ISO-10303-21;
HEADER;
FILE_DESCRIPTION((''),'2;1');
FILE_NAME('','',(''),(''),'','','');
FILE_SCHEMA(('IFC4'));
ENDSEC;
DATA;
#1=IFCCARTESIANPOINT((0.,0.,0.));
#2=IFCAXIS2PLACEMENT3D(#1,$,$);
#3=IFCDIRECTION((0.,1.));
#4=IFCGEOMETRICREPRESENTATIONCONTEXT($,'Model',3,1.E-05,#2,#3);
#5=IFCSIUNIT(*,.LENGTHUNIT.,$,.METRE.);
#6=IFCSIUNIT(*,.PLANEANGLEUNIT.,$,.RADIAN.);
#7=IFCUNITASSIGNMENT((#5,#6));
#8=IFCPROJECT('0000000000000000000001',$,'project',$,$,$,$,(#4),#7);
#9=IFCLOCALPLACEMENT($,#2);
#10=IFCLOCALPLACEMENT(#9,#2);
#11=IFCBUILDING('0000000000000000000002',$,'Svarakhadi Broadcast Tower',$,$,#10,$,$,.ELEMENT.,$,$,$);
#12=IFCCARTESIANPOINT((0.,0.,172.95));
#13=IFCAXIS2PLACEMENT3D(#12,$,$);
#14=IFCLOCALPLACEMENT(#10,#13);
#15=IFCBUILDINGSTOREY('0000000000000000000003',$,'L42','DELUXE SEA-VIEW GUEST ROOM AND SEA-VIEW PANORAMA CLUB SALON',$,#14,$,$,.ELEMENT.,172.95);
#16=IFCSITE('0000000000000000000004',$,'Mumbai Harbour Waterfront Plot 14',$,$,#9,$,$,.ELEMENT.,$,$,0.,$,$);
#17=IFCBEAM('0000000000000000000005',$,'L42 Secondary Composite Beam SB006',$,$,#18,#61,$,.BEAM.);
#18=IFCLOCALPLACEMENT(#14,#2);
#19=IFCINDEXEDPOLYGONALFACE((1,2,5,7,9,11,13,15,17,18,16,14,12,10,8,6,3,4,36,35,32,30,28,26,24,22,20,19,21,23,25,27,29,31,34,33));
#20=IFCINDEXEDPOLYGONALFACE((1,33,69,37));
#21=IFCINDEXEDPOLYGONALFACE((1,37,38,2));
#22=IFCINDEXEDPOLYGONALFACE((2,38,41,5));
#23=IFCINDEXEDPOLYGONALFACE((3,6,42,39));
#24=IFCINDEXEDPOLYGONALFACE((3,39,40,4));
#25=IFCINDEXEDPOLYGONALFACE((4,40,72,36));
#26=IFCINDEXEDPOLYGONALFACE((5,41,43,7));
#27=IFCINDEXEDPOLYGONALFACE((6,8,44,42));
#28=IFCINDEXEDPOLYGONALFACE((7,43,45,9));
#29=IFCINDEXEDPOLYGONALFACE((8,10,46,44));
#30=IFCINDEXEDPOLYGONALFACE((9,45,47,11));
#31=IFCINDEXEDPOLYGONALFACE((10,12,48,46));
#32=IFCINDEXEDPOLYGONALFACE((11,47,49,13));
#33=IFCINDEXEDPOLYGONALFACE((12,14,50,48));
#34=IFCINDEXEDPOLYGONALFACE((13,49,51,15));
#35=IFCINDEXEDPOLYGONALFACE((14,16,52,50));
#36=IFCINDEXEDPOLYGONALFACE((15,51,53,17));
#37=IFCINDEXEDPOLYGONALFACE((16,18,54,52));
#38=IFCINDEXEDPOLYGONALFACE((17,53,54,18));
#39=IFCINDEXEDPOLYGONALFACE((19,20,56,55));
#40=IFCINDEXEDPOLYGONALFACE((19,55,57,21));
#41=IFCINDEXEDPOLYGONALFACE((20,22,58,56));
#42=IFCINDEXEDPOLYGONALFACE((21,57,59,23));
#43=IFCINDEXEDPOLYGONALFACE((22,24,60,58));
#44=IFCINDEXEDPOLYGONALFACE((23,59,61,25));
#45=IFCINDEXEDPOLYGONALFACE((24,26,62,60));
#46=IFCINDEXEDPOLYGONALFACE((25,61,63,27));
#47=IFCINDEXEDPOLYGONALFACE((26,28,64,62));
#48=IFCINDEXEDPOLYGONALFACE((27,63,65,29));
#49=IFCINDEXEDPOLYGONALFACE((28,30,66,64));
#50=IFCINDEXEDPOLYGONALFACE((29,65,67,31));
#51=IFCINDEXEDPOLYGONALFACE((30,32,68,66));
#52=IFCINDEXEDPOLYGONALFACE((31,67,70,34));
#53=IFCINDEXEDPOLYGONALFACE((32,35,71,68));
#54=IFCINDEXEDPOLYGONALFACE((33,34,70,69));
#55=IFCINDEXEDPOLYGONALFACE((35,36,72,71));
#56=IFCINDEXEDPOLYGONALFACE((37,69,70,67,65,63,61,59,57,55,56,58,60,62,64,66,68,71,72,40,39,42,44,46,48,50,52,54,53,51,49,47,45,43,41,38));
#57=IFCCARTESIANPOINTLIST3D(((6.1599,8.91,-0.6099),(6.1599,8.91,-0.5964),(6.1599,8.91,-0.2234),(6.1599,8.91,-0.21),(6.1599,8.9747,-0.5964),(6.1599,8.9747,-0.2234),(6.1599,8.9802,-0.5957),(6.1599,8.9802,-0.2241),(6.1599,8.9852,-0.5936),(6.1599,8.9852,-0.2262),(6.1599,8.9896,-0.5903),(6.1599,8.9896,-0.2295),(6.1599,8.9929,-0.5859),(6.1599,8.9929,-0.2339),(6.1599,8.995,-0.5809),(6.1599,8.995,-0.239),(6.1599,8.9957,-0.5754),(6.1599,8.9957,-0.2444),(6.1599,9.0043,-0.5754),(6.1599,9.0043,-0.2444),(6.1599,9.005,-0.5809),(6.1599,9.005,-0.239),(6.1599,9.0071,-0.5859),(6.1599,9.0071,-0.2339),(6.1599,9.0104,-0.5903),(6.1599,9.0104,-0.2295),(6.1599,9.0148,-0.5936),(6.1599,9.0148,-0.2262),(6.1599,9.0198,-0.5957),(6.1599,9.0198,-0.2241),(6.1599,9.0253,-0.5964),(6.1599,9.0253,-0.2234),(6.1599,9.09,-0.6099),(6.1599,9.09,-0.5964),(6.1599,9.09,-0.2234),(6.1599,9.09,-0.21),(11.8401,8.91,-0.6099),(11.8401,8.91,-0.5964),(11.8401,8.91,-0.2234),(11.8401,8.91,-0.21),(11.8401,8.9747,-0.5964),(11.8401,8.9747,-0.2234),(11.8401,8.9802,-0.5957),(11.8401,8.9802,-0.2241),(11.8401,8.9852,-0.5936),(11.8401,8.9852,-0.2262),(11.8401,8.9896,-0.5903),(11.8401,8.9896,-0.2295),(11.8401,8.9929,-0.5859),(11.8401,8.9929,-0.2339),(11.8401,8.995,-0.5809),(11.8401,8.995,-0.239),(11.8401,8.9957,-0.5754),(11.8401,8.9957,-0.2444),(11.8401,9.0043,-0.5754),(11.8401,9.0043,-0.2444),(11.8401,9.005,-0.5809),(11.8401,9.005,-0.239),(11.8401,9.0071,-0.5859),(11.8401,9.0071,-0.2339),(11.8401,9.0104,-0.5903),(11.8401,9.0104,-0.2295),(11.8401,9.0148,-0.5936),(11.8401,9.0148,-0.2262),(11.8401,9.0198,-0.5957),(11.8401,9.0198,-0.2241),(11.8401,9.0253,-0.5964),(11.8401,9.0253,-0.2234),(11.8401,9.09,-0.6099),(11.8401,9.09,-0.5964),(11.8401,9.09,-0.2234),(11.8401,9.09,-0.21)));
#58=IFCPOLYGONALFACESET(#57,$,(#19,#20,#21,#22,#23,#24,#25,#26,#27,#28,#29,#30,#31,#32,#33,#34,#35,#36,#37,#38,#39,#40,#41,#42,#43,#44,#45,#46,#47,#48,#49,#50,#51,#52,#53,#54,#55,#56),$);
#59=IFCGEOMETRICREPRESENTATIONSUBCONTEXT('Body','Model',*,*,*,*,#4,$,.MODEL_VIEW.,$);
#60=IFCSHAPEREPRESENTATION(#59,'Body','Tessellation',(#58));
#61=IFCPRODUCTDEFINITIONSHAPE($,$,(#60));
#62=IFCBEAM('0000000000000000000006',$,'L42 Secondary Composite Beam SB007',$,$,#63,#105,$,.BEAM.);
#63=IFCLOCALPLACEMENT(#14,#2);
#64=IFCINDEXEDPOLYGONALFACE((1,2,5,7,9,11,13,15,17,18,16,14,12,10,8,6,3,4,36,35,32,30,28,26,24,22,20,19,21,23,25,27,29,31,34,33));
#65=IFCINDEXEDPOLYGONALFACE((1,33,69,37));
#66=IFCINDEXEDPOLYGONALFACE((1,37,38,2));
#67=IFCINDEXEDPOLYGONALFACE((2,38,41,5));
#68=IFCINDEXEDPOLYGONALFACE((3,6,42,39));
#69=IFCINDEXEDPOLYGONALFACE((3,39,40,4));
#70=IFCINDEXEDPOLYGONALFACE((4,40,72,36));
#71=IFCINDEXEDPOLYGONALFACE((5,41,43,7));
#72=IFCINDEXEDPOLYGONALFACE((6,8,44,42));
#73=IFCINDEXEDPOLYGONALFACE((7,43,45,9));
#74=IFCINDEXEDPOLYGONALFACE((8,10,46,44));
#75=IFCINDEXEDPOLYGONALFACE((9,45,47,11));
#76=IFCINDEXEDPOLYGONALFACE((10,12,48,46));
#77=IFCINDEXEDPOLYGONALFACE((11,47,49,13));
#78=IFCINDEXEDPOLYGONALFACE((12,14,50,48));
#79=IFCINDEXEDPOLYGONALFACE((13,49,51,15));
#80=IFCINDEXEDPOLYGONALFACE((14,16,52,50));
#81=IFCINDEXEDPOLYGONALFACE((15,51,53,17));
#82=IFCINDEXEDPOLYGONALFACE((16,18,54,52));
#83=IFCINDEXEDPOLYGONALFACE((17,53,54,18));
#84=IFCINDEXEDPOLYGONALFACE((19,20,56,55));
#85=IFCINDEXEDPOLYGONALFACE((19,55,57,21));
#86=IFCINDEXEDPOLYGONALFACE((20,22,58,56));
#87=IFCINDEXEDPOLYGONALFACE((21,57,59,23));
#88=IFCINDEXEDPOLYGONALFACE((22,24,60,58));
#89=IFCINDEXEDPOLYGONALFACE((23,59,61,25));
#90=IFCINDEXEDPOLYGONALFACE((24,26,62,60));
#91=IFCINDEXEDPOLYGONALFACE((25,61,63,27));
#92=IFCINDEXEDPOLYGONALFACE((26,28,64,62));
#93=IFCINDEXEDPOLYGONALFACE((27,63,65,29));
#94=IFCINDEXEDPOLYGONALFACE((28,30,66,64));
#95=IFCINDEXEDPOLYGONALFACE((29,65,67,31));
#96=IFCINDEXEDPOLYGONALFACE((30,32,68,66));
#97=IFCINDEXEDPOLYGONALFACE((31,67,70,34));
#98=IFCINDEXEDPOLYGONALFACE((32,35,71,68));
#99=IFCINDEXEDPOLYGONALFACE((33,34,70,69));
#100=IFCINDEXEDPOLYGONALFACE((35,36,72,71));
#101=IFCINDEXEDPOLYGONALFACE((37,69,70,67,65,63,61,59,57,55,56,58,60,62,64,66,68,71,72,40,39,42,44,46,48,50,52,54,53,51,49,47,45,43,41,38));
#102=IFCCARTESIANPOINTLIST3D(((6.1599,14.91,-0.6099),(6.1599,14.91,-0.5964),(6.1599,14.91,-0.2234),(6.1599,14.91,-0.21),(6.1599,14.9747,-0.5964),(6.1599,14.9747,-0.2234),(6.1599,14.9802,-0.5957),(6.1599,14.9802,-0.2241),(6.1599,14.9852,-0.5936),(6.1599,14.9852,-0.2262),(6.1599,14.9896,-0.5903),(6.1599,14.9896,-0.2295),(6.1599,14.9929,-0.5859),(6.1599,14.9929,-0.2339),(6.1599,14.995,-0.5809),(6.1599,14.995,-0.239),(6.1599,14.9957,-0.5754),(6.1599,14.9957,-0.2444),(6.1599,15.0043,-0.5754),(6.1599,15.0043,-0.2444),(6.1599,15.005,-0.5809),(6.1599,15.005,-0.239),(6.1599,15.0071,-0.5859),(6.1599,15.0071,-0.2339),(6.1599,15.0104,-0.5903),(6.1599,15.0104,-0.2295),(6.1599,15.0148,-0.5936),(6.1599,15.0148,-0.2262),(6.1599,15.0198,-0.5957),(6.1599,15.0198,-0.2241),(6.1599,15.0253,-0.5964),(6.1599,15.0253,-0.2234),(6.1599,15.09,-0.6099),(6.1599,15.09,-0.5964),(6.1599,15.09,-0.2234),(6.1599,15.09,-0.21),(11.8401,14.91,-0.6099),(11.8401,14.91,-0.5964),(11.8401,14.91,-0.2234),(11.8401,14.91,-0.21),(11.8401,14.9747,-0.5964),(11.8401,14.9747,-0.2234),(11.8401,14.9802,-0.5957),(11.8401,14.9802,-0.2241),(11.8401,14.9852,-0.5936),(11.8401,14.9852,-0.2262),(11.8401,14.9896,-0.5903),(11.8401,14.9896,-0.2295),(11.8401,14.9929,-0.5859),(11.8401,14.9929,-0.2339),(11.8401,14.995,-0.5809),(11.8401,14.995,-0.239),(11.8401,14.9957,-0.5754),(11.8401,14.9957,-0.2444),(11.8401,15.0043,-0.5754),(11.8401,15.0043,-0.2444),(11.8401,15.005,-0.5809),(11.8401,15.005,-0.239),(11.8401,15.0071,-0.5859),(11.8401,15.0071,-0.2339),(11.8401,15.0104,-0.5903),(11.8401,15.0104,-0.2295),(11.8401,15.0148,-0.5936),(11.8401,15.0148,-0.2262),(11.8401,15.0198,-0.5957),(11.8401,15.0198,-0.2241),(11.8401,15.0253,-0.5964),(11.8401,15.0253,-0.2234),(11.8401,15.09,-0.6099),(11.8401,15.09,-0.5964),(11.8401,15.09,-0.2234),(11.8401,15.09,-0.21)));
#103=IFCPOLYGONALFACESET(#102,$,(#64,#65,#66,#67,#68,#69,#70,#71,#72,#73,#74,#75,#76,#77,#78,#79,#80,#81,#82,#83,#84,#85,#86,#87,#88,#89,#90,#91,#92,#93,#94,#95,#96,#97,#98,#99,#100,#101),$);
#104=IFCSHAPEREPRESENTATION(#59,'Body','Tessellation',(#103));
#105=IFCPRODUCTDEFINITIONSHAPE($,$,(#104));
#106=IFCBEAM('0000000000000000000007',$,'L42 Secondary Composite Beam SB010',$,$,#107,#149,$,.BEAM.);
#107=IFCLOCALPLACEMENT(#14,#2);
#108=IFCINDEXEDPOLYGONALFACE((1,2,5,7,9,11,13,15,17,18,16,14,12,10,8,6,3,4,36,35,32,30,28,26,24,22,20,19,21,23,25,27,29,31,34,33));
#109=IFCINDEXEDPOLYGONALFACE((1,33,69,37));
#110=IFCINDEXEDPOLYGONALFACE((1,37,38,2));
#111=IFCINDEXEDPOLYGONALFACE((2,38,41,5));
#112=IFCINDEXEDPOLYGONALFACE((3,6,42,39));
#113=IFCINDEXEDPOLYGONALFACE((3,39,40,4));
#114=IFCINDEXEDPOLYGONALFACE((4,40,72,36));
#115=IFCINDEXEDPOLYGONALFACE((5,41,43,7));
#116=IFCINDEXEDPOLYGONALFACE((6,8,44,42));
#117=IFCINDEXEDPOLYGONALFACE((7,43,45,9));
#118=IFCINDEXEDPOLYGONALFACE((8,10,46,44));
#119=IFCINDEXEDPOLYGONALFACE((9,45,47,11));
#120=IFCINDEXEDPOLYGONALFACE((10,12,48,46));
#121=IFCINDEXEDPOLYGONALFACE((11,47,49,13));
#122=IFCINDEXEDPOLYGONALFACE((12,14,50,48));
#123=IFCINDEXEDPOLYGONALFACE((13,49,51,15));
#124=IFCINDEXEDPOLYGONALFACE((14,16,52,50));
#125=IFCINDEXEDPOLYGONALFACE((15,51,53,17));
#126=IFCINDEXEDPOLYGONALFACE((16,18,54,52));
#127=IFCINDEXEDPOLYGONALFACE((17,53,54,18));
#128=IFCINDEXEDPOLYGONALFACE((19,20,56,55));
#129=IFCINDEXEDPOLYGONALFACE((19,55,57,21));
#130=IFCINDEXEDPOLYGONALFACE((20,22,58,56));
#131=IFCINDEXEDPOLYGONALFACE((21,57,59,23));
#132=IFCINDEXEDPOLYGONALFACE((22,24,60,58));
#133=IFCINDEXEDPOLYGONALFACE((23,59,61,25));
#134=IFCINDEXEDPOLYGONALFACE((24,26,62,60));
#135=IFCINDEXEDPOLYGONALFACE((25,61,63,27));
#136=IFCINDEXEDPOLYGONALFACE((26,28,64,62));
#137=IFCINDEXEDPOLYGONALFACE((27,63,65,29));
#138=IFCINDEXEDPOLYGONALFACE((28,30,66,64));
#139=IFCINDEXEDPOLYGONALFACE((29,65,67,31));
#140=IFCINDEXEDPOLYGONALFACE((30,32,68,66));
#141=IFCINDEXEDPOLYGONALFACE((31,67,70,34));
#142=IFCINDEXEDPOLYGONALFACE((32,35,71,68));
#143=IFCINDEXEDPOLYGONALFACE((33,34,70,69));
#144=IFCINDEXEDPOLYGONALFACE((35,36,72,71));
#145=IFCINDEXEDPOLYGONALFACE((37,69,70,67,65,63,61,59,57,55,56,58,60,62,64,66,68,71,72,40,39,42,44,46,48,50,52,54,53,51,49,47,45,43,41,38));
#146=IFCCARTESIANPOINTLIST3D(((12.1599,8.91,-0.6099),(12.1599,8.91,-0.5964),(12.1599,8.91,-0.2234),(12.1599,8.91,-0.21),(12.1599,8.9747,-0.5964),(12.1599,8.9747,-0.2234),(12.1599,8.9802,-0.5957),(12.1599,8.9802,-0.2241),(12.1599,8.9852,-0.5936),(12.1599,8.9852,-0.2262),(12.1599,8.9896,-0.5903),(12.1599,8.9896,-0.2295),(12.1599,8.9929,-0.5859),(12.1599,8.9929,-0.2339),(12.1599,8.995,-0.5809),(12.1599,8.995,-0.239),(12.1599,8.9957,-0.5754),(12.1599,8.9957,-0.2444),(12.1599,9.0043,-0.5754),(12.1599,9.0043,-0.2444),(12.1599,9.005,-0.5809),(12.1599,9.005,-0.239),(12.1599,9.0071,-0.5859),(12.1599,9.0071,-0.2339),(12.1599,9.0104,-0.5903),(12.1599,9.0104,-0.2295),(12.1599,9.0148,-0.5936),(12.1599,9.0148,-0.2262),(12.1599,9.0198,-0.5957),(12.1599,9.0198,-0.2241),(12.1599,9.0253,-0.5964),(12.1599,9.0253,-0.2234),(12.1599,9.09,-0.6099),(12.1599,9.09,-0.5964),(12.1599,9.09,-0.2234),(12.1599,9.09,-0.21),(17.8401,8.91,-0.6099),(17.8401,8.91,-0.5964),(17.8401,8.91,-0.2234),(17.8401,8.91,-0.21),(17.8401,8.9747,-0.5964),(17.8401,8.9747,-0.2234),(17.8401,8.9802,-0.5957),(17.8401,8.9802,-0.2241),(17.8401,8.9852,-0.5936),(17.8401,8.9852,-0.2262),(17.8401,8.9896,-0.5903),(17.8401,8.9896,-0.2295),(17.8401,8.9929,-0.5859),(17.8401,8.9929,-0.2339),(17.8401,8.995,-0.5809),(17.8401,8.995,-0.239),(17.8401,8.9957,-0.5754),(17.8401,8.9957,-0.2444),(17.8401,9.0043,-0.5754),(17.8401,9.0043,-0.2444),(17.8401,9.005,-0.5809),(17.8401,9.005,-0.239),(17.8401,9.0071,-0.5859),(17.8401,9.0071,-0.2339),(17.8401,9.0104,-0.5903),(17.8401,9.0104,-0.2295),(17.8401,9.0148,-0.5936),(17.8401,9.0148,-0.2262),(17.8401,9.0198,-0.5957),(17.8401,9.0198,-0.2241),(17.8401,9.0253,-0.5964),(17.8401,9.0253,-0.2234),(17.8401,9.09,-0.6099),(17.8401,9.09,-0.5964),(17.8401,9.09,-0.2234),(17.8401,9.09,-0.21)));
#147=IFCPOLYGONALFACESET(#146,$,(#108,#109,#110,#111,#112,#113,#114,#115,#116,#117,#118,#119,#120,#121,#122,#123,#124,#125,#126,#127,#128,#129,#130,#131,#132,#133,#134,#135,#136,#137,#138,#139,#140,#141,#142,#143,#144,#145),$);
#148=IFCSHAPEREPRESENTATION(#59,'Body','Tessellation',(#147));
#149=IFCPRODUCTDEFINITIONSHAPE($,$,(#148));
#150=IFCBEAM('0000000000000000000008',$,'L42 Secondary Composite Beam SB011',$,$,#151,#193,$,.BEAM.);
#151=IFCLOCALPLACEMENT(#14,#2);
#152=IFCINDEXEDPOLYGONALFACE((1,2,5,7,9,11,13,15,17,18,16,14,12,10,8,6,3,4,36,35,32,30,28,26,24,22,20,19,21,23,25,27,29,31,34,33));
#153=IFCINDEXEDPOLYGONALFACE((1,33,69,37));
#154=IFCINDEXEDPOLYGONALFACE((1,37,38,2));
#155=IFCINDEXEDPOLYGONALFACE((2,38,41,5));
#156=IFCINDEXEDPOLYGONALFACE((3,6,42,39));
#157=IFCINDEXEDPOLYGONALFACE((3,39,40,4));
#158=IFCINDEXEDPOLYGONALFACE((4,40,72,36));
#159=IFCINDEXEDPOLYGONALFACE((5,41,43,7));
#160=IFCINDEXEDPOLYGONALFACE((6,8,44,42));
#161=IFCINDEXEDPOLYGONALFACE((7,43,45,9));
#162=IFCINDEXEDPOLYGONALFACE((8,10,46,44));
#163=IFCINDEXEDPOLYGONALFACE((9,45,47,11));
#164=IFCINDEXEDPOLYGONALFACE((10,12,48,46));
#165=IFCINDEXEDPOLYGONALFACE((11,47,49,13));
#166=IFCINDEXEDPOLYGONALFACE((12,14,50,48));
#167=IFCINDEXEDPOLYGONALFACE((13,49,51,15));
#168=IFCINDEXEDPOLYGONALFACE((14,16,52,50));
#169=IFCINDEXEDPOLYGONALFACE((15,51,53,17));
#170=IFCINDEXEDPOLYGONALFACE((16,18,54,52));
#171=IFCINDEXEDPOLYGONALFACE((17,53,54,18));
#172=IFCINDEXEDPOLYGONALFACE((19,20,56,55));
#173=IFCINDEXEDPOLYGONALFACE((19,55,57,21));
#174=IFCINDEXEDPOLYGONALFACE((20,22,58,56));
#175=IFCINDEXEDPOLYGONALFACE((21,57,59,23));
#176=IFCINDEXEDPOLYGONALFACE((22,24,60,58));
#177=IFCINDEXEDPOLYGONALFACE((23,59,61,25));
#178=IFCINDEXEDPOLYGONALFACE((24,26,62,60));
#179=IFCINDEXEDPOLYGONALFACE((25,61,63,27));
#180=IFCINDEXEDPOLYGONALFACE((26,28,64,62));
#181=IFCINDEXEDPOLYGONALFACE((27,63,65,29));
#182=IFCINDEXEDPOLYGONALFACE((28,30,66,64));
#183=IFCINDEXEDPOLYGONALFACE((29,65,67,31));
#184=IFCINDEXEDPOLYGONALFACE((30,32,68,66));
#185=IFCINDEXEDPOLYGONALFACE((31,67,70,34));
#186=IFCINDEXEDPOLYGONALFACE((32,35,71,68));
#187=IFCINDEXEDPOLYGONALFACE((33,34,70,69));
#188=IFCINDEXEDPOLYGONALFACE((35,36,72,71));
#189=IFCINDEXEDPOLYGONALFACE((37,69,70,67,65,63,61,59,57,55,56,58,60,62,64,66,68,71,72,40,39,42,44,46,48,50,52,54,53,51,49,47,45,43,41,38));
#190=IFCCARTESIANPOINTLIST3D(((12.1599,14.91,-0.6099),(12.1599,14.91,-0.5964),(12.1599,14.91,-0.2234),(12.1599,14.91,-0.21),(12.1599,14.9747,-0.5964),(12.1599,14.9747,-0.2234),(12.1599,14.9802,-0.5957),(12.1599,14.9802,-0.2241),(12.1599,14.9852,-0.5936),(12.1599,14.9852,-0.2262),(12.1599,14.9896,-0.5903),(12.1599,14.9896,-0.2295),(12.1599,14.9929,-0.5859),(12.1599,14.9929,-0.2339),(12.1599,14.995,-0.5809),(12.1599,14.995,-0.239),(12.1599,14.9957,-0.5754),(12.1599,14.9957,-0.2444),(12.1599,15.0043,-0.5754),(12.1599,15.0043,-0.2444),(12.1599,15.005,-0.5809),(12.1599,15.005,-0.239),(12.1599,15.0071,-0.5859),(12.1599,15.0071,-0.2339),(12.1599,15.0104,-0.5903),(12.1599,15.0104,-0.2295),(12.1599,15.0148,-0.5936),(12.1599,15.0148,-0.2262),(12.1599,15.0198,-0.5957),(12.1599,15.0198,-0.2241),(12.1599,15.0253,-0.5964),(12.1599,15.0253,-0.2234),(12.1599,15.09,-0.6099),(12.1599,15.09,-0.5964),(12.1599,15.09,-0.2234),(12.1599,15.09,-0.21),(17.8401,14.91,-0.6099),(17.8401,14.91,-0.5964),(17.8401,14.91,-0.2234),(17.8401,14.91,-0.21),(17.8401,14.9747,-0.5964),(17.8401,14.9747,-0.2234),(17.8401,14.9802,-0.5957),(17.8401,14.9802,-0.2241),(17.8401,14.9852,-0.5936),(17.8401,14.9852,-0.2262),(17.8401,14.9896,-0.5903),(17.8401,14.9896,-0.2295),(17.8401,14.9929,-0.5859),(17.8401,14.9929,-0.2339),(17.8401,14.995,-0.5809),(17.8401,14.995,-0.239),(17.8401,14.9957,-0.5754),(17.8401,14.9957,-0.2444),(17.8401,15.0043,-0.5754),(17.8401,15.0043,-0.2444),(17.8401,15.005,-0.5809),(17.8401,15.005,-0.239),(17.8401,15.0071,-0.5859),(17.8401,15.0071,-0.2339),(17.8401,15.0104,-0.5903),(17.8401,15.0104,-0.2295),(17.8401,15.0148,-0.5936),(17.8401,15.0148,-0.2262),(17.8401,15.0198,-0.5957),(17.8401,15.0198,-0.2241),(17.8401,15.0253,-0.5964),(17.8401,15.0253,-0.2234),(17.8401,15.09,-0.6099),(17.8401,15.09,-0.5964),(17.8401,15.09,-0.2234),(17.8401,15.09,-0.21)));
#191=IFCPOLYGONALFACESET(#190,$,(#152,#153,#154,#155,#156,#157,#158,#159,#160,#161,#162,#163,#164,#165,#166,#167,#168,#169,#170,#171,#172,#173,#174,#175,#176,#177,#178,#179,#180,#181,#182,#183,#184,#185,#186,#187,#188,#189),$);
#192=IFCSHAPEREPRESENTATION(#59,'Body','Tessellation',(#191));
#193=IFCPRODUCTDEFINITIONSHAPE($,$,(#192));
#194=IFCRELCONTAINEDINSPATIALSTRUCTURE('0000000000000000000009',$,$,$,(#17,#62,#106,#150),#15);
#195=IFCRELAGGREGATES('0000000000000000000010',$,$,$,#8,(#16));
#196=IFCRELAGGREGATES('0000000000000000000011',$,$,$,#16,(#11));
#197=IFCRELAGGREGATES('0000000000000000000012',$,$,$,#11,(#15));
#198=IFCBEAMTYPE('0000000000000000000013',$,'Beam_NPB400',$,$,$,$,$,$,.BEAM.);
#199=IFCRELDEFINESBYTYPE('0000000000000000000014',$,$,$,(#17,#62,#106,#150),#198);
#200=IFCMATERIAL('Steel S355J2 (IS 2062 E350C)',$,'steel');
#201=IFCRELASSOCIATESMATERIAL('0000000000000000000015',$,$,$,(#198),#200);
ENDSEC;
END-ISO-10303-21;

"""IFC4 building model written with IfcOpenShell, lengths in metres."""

from ifc_helpers import new_model, si_unit, direction, frame, origin, origin_2d, place, context, subcontext, project, spatial, i_section, extrude, material, material_profile, profile_set, type_object, element, save


model = new_model("IFC4")

# Units and contexts
model_context = context("Model", 3, precision=1e-05, world=origin(), true_north=direction((0.0, 1.0)))
body_context = subcontext(model_context, "Body", "Model", "MODEL_VIEW")
ifc_project = project(units=[si_unit("LENGTHUNIT", "METRE"), si_unit("PLANEANGLEUNIT", "RADIAN")], contexts=[model_context])

# Site, building, storey
site_placement = place(None, origin())
site = spatial("IfcSite", under=ifc_project, at=site_placement, Name="Mumbai Harbour Waterfront Plot 14", CompositionType="ELEMENT", RefElevation=0.0)
building_placement = place(site_placement, origin())
building = spatial("IfcBuilding", under=site, at=building_placement, Name="Svarakhadi Broadcast Tower", CompositionType="ELEMENT")
storey_placement = place(building_placement, frame((0.0, 0.0, 172.95)))
storey = spatial("IfcBuildingStorey", under=building, at=storey_placement, Name="L42", Description="DELUXE SEA-VIEW GUEST ROOM AND SEA-VIEW PANORAMA CLUB SALON", CompositionType="ELEMENT", Elevation=172.95)

# Beams
ifc_material_1 = material(Name="Steel S355J2 (IS 2062 E350C)", Category="steel")
ifc_material_profile_1 = material_profile(ifc_material_1, i_section(OverallWidth=0.1799, OverallDepth=0.3999, WebThickness=0.0085, FlangeThickness=0.0134, FilletRadius=0.021, at=origin_2d()), Name="NPB 400x180x66")
ifc_profile_set_1 = profile_set([ifc_material_profile_1], Name="Steel S355J2 (IS 2062 E350C)")
beam_type_1 = type_object("IfcBeamType", Name="Beam_NPB400", PredefinedType="BEAM", material=ifc_profile_set_1)
for number, where, z_axis, x_axis, name in (
    (1, (6.1599, 9.0, -0.4099), (1.0, 0.0, 0.0), (0.0, 1.0, 0.0), "L42 Secondary Composite Beam SB006"),
    (2, (6.1599, 15.0, -0.4099), (1.0, 0.0, 0.0), (0.0, 1.0, 0.0), "L42 Secondary Composite Beam SB007"),
    (3, (12.1599, 9.0, -0.4099), (1.0, 0.0, 0.0), (0.0, 1.0, 0.0), "L42 Secondary Composite Beam SB010"),
    (4, (12.1599, 15.0, -0.4099), (1.0, 0.0, 0.0), (0.0, 1.0, 0.0), "L42 Secondary Composite Beam SB011"),
):
    element("IfcBeam", number, at=place(storey_placement, frame(where, z_axis=z_axis, x_axis=x_axis)), inside=storey, type_object=beam_type_1, Name=name, PredefinedType="BEAM", context=body_context, shape_type="SweptSolid", body=[
        extrude(i_section(OverallWidth=0.1799, OverallDepth=0.3999, WebThickness=0.0085, FlangeThickness=0.0134, FilletRadius=0.021, at=origin_2d()), origin(), (0.0, 0.0, 1.0), 5.6802),
    ])

save(model, "model.ifc")
